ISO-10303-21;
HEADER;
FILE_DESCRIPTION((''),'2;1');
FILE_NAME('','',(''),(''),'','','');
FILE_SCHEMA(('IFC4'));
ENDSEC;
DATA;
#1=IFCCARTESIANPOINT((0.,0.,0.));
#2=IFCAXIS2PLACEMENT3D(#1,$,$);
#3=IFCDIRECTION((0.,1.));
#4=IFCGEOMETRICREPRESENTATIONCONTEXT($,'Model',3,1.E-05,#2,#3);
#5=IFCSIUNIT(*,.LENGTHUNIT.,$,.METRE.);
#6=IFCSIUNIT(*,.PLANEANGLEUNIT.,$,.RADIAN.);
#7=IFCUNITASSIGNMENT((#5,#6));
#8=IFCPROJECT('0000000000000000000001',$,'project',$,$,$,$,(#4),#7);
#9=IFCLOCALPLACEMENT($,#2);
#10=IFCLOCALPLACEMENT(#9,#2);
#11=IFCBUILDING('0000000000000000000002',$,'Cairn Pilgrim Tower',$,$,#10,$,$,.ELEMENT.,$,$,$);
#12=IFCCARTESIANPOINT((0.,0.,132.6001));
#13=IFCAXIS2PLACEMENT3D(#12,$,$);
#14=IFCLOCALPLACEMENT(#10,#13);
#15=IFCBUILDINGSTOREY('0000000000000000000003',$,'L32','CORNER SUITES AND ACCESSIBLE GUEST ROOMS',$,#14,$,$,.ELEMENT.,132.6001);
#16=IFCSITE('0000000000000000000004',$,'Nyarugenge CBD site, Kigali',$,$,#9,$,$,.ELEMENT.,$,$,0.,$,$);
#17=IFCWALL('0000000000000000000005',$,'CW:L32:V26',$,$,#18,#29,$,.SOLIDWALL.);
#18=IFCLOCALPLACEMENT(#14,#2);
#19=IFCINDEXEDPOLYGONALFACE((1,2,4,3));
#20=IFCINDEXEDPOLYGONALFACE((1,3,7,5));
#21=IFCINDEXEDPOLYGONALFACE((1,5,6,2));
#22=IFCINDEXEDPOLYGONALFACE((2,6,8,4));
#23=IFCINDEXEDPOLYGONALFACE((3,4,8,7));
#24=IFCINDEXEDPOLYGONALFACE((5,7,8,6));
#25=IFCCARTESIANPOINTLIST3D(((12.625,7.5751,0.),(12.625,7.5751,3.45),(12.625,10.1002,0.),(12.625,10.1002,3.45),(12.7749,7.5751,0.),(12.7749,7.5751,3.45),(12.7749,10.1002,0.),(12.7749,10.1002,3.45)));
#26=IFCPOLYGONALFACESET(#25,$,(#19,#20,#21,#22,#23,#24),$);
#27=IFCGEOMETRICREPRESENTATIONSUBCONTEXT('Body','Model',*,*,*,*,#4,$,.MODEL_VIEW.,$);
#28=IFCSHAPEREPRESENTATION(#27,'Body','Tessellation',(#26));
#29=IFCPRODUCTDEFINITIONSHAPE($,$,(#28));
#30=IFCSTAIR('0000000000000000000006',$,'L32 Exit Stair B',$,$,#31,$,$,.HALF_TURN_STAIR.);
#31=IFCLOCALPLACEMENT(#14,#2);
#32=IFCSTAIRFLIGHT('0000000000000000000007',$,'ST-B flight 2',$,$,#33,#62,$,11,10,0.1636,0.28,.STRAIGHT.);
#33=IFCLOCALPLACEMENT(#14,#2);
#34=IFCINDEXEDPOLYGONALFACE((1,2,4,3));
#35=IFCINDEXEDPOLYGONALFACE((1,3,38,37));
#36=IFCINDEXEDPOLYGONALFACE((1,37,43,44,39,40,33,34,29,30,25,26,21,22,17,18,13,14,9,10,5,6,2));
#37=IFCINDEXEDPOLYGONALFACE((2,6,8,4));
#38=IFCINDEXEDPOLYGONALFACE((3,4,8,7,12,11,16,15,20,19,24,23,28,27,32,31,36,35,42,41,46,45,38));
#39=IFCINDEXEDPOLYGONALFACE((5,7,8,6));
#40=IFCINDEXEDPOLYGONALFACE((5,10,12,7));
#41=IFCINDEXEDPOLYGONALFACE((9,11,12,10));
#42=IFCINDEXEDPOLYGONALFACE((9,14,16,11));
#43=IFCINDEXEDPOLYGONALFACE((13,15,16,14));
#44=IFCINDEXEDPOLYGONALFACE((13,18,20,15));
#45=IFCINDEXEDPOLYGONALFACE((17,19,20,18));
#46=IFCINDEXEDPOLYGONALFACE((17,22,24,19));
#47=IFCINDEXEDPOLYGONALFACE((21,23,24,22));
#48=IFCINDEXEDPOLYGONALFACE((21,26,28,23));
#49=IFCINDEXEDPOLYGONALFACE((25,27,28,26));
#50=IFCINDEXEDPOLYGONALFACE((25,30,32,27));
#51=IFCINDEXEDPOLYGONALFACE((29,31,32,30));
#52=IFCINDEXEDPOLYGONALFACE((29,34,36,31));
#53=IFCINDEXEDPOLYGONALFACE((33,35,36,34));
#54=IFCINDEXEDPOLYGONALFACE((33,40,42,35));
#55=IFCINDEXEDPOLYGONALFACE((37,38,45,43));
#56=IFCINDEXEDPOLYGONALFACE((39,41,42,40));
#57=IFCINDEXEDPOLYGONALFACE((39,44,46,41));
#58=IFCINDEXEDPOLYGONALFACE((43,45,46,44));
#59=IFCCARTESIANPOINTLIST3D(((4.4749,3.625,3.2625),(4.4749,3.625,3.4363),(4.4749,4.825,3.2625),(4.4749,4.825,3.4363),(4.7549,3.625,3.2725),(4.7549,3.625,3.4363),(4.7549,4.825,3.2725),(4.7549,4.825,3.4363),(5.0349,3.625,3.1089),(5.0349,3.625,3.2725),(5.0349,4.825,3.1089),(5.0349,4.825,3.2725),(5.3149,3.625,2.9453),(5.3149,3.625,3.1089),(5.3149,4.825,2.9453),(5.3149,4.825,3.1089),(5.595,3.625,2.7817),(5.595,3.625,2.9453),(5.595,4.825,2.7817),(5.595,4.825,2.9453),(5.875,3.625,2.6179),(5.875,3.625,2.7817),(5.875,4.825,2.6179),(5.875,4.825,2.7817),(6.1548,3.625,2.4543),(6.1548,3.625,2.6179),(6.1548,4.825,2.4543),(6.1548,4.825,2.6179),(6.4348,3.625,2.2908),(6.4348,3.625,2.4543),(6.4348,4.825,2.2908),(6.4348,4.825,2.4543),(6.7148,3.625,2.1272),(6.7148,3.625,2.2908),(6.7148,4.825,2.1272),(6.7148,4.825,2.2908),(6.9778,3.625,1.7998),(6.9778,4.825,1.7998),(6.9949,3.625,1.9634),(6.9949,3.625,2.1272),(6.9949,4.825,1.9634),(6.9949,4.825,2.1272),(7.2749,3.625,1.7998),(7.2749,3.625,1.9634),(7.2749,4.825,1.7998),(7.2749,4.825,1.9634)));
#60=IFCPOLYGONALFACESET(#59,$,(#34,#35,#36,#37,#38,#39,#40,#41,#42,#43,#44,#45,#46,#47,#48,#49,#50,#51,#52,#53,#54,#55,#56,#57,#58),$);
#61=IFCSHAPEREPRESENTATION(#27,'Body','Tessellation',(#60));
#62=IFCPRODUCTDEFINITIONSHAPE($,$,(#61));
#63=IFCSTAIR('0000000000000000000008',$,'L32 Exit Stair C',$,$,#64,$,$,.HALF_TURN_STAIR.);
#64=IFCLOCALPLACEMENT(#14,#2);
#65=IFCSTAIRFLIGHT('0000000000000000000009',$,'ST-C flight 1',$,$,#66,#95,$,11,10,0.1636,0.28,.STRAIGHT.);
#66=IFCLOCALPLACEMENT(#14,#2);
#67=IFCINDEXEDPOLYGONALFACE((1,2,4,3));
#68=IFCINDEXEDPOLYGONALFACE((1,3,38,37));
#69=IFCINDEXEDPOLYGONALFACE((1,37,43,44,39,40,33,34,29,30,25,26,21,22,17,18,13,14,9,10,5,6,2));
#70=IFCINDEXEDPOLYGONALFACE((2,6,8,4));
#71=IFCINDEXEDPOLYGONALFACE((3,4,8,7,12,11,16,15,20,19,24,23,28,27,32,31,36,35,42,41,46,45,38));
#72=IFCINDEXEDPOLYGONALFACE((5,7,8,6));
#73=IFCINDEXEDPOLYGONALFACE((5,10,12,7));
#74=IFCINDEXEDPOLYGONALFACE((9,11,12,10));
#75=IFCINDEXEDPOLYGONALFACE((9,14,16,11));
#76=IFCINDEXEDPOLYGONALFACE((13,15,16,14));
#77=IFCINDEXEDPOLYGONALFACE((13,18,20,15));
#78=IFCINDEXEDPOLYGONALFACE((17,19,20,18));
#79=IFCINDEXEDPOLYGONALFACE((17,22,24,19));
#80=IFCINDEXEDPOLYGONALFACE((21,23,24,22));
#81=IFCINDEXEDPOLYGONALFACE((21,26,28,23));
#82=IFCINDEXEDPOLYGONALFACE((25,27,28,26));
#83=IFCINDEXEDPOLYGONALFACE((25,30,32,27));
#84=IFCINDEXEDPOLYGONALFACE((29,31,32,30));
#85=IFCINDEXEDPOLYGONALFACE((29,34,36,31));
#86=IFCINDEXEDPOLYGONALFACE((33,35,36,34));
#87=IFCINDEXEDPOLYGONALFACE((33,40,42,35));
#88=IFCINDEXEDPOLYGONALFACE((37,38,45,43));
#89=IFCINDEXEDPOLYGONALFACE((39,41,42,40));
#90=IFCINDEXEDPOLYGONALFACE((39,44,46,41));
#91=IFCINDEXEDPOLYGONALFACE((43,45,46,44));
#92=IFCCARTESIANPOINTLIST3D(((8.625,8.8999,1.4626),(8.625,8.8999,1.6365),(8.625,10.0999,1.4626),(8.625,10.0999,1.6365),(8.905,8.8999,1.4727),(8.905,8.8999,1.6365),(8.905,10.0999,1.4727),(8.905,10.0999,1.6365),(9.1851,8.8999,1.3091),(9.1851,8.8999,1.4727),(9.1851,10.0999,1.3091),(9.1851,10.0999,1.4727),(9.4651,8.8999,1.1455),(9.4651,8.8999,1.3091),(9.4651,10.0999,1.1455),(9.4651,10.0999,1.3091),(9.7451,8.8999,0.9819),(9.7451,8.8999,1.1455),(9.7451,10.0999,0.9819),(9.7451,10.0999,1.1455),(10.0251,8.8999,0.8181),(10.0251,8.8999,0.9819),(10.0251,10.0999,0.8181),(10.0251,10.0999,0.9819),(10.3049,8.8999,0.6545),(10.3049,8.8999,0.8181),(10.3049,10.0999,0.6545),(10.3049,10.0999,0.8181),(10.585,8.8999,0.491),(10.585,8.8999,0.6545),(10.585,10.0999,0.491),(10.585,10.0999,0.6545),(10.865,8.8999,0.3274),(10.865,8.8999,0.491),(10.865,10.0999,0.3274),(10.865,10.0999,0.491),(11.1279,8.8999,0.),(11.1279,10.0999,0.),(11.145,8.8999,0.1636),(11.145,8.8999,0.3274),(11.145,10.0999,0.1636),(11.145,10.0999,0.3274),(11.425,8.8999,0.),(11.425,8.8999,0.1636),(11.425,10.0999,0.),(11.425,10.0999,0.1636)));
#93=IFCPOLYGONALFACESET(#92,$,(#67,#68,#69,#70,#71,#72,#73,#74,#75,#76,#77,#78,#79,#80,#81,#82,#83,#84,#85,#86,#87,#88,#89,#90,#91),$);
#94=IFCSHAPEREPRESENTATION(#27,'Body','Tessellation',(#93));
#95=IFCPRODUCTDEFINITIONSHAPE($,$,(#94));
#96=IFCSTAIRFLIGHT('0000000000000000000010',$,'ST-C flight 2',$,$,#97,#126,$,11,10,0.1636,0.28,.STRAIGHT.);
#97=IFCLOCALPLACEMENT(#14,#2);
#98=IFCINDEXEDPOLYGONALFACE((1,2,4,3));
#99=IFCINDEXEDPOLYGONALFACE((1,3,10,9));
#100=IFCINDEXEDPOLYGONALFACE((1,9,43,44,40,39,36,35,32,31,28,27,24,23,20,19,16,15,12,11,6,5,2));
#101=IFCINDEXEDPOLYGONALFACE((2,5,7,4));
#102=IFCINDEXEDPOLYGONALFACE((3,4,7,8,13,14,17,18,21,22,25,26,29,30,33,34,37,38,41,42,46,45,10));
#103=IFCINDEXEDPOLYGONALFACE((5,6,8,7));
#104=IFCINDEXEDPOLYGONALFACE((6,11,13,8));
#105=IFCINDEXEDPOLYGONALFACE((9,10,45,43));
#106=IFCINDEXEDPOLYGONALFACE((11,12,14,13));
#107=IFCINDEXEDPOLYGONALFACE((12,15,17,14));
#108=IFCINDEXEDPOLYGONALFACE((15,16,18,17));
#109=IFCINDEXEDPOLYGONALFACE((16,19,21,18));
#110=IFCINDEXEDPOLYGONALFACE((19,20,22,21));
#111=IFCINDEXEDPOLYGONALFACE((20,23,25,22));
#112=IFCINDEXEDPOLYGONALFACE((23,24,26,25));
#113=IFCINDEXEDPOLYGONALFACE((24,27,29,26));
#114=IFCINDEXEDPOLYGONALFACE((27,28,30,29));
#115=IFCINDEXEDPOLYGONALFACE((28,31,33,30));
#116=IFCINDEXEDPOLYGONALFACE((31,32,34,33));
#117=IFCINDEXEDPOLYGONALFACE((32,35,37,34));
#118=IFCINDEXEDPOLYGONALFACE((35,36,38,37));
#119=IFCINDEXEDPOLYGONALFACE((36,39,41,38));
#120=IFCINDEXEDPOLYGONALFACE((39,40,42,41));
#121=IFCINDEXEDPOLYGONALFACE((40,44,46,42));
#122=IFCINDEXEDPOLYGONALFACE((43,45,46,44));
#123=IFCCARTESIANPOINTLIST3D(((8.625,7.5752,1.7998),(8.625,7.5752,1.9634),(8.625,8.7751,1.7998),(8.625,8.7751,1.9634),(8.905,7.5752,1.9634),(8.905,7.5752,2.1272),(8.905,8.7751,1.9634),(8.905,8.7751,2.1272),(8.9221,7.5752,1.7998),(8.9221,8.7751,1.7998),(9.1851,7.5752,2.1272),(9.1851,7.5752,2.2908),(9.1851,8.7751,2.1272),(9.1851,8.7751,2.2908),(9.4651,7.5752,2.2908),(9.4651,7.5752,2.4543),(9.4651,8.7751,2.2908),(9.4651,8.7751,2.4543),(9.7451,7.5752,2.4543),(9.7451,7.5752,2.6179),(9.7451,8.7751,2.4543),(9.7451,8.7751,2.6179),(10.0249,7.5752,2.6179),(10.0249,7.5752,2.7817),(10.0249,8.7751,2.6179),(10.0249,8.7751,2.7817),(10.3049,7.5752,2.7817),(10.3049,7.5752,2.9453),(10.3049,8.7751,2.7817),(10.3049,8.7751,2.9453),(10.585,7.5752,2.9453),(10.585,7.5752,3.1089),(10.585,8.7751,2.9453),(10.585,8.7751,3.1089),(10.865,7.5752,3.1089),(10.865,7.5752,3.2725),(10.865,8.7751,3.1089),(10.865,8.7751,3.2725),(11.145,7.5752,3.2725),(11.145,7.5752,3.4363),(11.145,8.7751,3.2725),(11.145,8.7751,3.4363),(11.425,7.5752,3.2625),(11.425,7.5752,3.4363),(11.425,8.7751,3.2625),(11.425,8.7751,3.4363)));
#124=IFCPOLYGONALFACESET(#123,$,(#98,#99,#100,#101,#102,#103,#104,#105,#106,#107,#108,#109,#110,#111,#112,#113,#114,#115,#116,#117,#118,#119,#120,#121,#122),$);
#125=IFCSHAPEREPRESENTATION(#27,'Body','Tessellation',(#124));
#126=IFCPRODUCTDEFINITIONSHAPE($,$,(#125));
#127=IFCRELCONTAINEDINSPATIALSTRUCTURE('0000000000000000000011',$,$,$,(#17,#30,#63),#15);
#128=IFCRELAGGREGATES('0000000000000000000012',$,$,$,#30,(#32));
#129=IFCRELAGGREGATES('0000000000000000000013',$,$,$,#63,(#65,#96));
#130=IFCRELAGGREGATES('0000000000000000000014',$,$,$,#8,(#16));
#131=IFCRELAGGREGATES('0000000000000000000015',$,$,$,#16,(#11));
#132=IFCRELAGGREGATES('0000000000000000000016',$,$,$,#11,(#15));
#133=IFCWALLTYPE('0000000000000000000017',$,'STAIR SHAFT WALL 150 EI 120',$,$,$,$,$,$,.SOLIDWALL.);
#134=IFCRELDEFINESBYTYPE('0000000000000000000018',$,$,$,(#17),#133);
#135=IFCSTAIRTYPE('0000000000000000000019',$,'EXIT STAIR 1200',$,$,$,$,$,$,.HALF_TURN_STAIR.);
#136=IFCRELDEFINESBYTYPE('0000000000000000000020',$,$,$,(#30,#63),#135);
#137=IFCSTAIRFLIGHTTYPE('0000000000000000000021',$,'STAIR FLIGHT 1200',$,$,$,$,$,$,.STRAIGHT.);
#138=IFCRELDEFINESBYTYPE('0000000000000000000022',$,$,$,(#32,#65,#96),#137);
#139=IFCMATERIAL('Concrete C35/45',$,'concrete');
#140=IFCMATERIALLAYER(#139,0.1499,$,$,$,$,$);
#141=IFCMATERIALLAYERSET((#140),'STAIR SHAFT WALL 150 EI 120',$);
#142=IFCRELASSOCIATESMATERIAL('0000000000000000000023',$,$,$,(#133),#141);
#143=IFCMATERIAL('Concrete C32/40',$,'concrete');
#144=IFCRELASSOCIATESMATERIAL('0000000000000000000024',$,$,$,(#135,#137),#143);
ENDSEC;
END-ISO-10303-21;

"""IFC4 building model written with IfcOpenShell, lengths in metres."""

from ifc_helpers import new_model, si_unit, direction, frame, frame_2d, origin, place, context, subcontext, project, spatial, polyline, rectangle, outline, extrude, material, layer, layer_set, type_object, element, aggregate, save


model = new_model("IFC4")

# Units and contexts
model_context = context("Model", 3, precision=1e-05, world=origin(), true_north=direction((0.0, 1.0)))
body_context = subcontext(model_context, "Body", "Model", "MODEL_VIEW")
ifc_project = project(units=[si_unit("LENGTHUNIT", "METRE"), si_unit("PLANEANGLEUNIT", "RADIAN")], contexts=[model_context])

# Site, building, storey
site_placement = place(None, origin())
site = spatial("IfcSite", under=ifc_project, at=site_placement, Name="Nyarugenge CBD site, Kigali", CompositionType="ELEMENT", RefElevation=0.0)
building_placement = place(site_placement, origin())
building = spatial("IfcBuilding", under=site, at=building_placement, Name="Cairn Pilgrim Tower", CompositionType="ELEMENT")
storey_placement = place(building_placement, frame((0.0, 0.0, 132.6001)))
storey = spatial("IfcBuildingStorey", under=building, at=storey_placement, Name="L32", Description="CORNER SUITES AND ACCESSIBLE GUEST ROOMS", CompositionType="ELEMENT", Elevation=132.6001)

# Shared definitions
ifc_material_1 = material(Name="Concrete C32/40", Category="concrete")

# Wall
ifc_material_2 = material(Name="Concrete C35/45", Category="concrete")
ifc_layer_1 = layer(ifc_material_2, 0.1499)
ifc_layer_set_1 = layer_set([ifc_layer_1], Name="STAIR SHAFT WALL 150 EI 120")
wall_type_1 = type_object("IfcWallType", Name="STAIR SHAFT WALL 150 EI 120", PredefinedType="SOLIDWALL", material=ifc_layer_set_1)
wall_1_placement = place(storey_placement, frame((12.7, 7.575, 0.0), z_axis=(0.0, 0.0, 1.0), x_axis=(0.0, 1.0, 0.0)))
element("IfcWall", 1, at=wall_1_placement, inside=storey, type_object=wall_type_1, Name="CW:L32:V26", PredefinedType="SOLIDWALL", context=body_context, shape_type="SweptSolid", body=[
    extrude(rectangle(XDim=2.5251, YDim=0.1499, at=frame_2d((1.2627, 0.0))), origin(), (0.0, 0.0, 1.0), 3.45),
])

# Stair, stair flight
stair_type = type_object("IfcStairType", Name="EXIT STAIR 1200", PredefinedType="HALF_TURN_STAIR", material=ifc_material_1)
stair_1_placement = place(storey_placement, origin())
stair_1 = element("IfcStair", 2, at=stair_1_placement, inside=storey, type_object=stair_type, Name="L32 Exit Stair B", PredefinedType="HALF_TURN_STAIR")
stair_flight_type = type_object("IfcStairFlightType", Name="STAIR FLIGHT 1200", PredefinedType="STRAIGHT", material=ifc_material_1)
stair_flight_1_placement = place(storey_placement, frame((7.2749, 4.2251, 1.7998), z_axis=(0.0, 0.0, 1.0), x_axis=(-1.0, 0.0, 0.0)))
stair_flight_1 = element("IfcStairFlight", 3, at=stair_flight_1_placement, type_object=stair_flight_type, Name="ST-B flight 2", NumberOfRisers=11, NumberOfTreads=10, PredefinedType="STRAIGHT", RiserHeight=0.1636, TreadLength=0.28, context=body_context, shape_type="SweptSolid", body=[
    extrude(outline(polyline([(0.0, 0.0), (0.0, 0.1636), (0.28, 0.1636), (0.28, 0.3274), (0.5601, 0.3274), (0.5601, 0.491), (0.8401, 0.491), (0.8401, 0.6545), (1.1201, 0.6545), (1.1201, 0.8181), (1.3999, 0.8181), (1.3999, 0.9819), (1.6799, 0.9819), (1.6799, 1.1455), (1.96, 1.1455), (1.96, 1.3091), (2.24, 1.3091), (2.24, 1.4727), (2.52, 1.4727), (2.52, 1.6365), (2.8, 1.6365), (2.8, 1.8), (2.8, 1.4626), (0.2971, 0.0), (0.0, 0.0)])), frame((0.0, 0.6001, 0.0), z_axis=(0.0, -1.0, 0.0), x_axis=(1.0, 0.0, 0.0)), (0.0, 0.0, 1.0), 1.2),
])
aggregate(stair_1, [stair_flight_1])

# Stair, stair flights
stair_2_placement = place(storey_placement, origin())
stair_2 = element("IfcStair", 4, at=stair_2_placement, inside=storey, type_object=stair_type, Name="L32 Exit Stair C", PredefinedType="HALF_TURN_STAIR")
stair_flight_2_placement = place(storey_placement, frame((11.425, 9.5, 0.0), z_axis=(0.0, 0.0, 1.0), x_axis=(-1.0, 0.0, 0.0)))
stair_flight_2 = element("IfcStairFlight", 5, at=stair_flight_2_placement, type_object=stair_flight_type, Name="ST-C flight 1", NumberOfRisers=11, NumberOfTreads=10, PredefinedType="STRAIGHT", RiserHeight=0.1636, TreadLength=0.28, context=body_context, shape_type="SweptSolid", body=[
    extrude(outline(polyline([(0.0, 0.0), (0.0, 0.1636), (0.28, 0.1636), (0.28, 0.3274), (0.5601, 0.3274), (0.5601, 0.491), (0.8401, 0.491), (0.8401, 0.6545), (1.1201, 0.6545), (1.1201, 0.8181), (1.3999, 0.8181), (1.3999, 0.9819), (1.6799, 0.9819), (1.6799, 1.1455), (1.96, 1.1455), (1.96, 1.3091), (2.24, 1.3091), (2.24, 1.4727), (2.52, 1.4727), (2.52, 1.6365), (2.8, 1.6365), (2.8, 1.8), (2.8, 1.4626), (0.2971, 0.0), (0.0, 0.0)])), frame((0.0, 0.6001, 0.0), z_axis=(0.0, -1.0, 0.0), x_axis=(1.0, 0.0, 0.0)), (0.0, 0.0, 1.0), 1.2),
])
stair_flight_3_placement = place(storey_placement, frame((8.625, 8.175, 1.7998), z_axis=(0.0, 0.0, 1.0), x_axis=(1.0, 0.0, 0.0)))
stair_flight_3 = element("IfcStairFlight", 6, at=stair_flight_3_placement, type_object=stair_flight_type, Name="ST-C flight 2", NumberOfRisers=11, NumberOfTreads=10, PredefinedType="STRAIGHT", RiserHeight=0.1636, TreadLength=0.28, context=body_context, shape_type="SweptSolid", body=[
    extrude(outline(polyline([(0.0, 0.0), (0.0, 0.1636), (0.28, 0.1636), (0.28, 0.3274), (0.5601, 0.3274), (0.5601, 0.491), (0.8401, 0.491), (0.8401, 0.6545), (1.1201, 0.6545), (1.1201, 0.8181), (1.3999, 0.8181), (1.3999, 0.9819), (1.6799, 0.9819), (1.6799, 1.1455), (1.96, 1.1455), (1.96, 1.3091), (2.24, 1.3091), (2.24, 1.4727), (2.52, 1.4727), (2.52, 1.6365), (2.8, 1.6365), (2.8, 1.8), (2.8, 1.4626), (0.2971, 0.0), (0.0, 0.0)])), frame((0.0, 0.6001, 0.0), z_axis=(0.0, -1.0, 0.0), x_axis=(1.0, 0.0, 0.0)), (0.0, 0.0, 1.0), 1.2),
])
aggregate(stair_2, [stair_flight_2, stair_flight_3])

save(model, "model.ifc")
